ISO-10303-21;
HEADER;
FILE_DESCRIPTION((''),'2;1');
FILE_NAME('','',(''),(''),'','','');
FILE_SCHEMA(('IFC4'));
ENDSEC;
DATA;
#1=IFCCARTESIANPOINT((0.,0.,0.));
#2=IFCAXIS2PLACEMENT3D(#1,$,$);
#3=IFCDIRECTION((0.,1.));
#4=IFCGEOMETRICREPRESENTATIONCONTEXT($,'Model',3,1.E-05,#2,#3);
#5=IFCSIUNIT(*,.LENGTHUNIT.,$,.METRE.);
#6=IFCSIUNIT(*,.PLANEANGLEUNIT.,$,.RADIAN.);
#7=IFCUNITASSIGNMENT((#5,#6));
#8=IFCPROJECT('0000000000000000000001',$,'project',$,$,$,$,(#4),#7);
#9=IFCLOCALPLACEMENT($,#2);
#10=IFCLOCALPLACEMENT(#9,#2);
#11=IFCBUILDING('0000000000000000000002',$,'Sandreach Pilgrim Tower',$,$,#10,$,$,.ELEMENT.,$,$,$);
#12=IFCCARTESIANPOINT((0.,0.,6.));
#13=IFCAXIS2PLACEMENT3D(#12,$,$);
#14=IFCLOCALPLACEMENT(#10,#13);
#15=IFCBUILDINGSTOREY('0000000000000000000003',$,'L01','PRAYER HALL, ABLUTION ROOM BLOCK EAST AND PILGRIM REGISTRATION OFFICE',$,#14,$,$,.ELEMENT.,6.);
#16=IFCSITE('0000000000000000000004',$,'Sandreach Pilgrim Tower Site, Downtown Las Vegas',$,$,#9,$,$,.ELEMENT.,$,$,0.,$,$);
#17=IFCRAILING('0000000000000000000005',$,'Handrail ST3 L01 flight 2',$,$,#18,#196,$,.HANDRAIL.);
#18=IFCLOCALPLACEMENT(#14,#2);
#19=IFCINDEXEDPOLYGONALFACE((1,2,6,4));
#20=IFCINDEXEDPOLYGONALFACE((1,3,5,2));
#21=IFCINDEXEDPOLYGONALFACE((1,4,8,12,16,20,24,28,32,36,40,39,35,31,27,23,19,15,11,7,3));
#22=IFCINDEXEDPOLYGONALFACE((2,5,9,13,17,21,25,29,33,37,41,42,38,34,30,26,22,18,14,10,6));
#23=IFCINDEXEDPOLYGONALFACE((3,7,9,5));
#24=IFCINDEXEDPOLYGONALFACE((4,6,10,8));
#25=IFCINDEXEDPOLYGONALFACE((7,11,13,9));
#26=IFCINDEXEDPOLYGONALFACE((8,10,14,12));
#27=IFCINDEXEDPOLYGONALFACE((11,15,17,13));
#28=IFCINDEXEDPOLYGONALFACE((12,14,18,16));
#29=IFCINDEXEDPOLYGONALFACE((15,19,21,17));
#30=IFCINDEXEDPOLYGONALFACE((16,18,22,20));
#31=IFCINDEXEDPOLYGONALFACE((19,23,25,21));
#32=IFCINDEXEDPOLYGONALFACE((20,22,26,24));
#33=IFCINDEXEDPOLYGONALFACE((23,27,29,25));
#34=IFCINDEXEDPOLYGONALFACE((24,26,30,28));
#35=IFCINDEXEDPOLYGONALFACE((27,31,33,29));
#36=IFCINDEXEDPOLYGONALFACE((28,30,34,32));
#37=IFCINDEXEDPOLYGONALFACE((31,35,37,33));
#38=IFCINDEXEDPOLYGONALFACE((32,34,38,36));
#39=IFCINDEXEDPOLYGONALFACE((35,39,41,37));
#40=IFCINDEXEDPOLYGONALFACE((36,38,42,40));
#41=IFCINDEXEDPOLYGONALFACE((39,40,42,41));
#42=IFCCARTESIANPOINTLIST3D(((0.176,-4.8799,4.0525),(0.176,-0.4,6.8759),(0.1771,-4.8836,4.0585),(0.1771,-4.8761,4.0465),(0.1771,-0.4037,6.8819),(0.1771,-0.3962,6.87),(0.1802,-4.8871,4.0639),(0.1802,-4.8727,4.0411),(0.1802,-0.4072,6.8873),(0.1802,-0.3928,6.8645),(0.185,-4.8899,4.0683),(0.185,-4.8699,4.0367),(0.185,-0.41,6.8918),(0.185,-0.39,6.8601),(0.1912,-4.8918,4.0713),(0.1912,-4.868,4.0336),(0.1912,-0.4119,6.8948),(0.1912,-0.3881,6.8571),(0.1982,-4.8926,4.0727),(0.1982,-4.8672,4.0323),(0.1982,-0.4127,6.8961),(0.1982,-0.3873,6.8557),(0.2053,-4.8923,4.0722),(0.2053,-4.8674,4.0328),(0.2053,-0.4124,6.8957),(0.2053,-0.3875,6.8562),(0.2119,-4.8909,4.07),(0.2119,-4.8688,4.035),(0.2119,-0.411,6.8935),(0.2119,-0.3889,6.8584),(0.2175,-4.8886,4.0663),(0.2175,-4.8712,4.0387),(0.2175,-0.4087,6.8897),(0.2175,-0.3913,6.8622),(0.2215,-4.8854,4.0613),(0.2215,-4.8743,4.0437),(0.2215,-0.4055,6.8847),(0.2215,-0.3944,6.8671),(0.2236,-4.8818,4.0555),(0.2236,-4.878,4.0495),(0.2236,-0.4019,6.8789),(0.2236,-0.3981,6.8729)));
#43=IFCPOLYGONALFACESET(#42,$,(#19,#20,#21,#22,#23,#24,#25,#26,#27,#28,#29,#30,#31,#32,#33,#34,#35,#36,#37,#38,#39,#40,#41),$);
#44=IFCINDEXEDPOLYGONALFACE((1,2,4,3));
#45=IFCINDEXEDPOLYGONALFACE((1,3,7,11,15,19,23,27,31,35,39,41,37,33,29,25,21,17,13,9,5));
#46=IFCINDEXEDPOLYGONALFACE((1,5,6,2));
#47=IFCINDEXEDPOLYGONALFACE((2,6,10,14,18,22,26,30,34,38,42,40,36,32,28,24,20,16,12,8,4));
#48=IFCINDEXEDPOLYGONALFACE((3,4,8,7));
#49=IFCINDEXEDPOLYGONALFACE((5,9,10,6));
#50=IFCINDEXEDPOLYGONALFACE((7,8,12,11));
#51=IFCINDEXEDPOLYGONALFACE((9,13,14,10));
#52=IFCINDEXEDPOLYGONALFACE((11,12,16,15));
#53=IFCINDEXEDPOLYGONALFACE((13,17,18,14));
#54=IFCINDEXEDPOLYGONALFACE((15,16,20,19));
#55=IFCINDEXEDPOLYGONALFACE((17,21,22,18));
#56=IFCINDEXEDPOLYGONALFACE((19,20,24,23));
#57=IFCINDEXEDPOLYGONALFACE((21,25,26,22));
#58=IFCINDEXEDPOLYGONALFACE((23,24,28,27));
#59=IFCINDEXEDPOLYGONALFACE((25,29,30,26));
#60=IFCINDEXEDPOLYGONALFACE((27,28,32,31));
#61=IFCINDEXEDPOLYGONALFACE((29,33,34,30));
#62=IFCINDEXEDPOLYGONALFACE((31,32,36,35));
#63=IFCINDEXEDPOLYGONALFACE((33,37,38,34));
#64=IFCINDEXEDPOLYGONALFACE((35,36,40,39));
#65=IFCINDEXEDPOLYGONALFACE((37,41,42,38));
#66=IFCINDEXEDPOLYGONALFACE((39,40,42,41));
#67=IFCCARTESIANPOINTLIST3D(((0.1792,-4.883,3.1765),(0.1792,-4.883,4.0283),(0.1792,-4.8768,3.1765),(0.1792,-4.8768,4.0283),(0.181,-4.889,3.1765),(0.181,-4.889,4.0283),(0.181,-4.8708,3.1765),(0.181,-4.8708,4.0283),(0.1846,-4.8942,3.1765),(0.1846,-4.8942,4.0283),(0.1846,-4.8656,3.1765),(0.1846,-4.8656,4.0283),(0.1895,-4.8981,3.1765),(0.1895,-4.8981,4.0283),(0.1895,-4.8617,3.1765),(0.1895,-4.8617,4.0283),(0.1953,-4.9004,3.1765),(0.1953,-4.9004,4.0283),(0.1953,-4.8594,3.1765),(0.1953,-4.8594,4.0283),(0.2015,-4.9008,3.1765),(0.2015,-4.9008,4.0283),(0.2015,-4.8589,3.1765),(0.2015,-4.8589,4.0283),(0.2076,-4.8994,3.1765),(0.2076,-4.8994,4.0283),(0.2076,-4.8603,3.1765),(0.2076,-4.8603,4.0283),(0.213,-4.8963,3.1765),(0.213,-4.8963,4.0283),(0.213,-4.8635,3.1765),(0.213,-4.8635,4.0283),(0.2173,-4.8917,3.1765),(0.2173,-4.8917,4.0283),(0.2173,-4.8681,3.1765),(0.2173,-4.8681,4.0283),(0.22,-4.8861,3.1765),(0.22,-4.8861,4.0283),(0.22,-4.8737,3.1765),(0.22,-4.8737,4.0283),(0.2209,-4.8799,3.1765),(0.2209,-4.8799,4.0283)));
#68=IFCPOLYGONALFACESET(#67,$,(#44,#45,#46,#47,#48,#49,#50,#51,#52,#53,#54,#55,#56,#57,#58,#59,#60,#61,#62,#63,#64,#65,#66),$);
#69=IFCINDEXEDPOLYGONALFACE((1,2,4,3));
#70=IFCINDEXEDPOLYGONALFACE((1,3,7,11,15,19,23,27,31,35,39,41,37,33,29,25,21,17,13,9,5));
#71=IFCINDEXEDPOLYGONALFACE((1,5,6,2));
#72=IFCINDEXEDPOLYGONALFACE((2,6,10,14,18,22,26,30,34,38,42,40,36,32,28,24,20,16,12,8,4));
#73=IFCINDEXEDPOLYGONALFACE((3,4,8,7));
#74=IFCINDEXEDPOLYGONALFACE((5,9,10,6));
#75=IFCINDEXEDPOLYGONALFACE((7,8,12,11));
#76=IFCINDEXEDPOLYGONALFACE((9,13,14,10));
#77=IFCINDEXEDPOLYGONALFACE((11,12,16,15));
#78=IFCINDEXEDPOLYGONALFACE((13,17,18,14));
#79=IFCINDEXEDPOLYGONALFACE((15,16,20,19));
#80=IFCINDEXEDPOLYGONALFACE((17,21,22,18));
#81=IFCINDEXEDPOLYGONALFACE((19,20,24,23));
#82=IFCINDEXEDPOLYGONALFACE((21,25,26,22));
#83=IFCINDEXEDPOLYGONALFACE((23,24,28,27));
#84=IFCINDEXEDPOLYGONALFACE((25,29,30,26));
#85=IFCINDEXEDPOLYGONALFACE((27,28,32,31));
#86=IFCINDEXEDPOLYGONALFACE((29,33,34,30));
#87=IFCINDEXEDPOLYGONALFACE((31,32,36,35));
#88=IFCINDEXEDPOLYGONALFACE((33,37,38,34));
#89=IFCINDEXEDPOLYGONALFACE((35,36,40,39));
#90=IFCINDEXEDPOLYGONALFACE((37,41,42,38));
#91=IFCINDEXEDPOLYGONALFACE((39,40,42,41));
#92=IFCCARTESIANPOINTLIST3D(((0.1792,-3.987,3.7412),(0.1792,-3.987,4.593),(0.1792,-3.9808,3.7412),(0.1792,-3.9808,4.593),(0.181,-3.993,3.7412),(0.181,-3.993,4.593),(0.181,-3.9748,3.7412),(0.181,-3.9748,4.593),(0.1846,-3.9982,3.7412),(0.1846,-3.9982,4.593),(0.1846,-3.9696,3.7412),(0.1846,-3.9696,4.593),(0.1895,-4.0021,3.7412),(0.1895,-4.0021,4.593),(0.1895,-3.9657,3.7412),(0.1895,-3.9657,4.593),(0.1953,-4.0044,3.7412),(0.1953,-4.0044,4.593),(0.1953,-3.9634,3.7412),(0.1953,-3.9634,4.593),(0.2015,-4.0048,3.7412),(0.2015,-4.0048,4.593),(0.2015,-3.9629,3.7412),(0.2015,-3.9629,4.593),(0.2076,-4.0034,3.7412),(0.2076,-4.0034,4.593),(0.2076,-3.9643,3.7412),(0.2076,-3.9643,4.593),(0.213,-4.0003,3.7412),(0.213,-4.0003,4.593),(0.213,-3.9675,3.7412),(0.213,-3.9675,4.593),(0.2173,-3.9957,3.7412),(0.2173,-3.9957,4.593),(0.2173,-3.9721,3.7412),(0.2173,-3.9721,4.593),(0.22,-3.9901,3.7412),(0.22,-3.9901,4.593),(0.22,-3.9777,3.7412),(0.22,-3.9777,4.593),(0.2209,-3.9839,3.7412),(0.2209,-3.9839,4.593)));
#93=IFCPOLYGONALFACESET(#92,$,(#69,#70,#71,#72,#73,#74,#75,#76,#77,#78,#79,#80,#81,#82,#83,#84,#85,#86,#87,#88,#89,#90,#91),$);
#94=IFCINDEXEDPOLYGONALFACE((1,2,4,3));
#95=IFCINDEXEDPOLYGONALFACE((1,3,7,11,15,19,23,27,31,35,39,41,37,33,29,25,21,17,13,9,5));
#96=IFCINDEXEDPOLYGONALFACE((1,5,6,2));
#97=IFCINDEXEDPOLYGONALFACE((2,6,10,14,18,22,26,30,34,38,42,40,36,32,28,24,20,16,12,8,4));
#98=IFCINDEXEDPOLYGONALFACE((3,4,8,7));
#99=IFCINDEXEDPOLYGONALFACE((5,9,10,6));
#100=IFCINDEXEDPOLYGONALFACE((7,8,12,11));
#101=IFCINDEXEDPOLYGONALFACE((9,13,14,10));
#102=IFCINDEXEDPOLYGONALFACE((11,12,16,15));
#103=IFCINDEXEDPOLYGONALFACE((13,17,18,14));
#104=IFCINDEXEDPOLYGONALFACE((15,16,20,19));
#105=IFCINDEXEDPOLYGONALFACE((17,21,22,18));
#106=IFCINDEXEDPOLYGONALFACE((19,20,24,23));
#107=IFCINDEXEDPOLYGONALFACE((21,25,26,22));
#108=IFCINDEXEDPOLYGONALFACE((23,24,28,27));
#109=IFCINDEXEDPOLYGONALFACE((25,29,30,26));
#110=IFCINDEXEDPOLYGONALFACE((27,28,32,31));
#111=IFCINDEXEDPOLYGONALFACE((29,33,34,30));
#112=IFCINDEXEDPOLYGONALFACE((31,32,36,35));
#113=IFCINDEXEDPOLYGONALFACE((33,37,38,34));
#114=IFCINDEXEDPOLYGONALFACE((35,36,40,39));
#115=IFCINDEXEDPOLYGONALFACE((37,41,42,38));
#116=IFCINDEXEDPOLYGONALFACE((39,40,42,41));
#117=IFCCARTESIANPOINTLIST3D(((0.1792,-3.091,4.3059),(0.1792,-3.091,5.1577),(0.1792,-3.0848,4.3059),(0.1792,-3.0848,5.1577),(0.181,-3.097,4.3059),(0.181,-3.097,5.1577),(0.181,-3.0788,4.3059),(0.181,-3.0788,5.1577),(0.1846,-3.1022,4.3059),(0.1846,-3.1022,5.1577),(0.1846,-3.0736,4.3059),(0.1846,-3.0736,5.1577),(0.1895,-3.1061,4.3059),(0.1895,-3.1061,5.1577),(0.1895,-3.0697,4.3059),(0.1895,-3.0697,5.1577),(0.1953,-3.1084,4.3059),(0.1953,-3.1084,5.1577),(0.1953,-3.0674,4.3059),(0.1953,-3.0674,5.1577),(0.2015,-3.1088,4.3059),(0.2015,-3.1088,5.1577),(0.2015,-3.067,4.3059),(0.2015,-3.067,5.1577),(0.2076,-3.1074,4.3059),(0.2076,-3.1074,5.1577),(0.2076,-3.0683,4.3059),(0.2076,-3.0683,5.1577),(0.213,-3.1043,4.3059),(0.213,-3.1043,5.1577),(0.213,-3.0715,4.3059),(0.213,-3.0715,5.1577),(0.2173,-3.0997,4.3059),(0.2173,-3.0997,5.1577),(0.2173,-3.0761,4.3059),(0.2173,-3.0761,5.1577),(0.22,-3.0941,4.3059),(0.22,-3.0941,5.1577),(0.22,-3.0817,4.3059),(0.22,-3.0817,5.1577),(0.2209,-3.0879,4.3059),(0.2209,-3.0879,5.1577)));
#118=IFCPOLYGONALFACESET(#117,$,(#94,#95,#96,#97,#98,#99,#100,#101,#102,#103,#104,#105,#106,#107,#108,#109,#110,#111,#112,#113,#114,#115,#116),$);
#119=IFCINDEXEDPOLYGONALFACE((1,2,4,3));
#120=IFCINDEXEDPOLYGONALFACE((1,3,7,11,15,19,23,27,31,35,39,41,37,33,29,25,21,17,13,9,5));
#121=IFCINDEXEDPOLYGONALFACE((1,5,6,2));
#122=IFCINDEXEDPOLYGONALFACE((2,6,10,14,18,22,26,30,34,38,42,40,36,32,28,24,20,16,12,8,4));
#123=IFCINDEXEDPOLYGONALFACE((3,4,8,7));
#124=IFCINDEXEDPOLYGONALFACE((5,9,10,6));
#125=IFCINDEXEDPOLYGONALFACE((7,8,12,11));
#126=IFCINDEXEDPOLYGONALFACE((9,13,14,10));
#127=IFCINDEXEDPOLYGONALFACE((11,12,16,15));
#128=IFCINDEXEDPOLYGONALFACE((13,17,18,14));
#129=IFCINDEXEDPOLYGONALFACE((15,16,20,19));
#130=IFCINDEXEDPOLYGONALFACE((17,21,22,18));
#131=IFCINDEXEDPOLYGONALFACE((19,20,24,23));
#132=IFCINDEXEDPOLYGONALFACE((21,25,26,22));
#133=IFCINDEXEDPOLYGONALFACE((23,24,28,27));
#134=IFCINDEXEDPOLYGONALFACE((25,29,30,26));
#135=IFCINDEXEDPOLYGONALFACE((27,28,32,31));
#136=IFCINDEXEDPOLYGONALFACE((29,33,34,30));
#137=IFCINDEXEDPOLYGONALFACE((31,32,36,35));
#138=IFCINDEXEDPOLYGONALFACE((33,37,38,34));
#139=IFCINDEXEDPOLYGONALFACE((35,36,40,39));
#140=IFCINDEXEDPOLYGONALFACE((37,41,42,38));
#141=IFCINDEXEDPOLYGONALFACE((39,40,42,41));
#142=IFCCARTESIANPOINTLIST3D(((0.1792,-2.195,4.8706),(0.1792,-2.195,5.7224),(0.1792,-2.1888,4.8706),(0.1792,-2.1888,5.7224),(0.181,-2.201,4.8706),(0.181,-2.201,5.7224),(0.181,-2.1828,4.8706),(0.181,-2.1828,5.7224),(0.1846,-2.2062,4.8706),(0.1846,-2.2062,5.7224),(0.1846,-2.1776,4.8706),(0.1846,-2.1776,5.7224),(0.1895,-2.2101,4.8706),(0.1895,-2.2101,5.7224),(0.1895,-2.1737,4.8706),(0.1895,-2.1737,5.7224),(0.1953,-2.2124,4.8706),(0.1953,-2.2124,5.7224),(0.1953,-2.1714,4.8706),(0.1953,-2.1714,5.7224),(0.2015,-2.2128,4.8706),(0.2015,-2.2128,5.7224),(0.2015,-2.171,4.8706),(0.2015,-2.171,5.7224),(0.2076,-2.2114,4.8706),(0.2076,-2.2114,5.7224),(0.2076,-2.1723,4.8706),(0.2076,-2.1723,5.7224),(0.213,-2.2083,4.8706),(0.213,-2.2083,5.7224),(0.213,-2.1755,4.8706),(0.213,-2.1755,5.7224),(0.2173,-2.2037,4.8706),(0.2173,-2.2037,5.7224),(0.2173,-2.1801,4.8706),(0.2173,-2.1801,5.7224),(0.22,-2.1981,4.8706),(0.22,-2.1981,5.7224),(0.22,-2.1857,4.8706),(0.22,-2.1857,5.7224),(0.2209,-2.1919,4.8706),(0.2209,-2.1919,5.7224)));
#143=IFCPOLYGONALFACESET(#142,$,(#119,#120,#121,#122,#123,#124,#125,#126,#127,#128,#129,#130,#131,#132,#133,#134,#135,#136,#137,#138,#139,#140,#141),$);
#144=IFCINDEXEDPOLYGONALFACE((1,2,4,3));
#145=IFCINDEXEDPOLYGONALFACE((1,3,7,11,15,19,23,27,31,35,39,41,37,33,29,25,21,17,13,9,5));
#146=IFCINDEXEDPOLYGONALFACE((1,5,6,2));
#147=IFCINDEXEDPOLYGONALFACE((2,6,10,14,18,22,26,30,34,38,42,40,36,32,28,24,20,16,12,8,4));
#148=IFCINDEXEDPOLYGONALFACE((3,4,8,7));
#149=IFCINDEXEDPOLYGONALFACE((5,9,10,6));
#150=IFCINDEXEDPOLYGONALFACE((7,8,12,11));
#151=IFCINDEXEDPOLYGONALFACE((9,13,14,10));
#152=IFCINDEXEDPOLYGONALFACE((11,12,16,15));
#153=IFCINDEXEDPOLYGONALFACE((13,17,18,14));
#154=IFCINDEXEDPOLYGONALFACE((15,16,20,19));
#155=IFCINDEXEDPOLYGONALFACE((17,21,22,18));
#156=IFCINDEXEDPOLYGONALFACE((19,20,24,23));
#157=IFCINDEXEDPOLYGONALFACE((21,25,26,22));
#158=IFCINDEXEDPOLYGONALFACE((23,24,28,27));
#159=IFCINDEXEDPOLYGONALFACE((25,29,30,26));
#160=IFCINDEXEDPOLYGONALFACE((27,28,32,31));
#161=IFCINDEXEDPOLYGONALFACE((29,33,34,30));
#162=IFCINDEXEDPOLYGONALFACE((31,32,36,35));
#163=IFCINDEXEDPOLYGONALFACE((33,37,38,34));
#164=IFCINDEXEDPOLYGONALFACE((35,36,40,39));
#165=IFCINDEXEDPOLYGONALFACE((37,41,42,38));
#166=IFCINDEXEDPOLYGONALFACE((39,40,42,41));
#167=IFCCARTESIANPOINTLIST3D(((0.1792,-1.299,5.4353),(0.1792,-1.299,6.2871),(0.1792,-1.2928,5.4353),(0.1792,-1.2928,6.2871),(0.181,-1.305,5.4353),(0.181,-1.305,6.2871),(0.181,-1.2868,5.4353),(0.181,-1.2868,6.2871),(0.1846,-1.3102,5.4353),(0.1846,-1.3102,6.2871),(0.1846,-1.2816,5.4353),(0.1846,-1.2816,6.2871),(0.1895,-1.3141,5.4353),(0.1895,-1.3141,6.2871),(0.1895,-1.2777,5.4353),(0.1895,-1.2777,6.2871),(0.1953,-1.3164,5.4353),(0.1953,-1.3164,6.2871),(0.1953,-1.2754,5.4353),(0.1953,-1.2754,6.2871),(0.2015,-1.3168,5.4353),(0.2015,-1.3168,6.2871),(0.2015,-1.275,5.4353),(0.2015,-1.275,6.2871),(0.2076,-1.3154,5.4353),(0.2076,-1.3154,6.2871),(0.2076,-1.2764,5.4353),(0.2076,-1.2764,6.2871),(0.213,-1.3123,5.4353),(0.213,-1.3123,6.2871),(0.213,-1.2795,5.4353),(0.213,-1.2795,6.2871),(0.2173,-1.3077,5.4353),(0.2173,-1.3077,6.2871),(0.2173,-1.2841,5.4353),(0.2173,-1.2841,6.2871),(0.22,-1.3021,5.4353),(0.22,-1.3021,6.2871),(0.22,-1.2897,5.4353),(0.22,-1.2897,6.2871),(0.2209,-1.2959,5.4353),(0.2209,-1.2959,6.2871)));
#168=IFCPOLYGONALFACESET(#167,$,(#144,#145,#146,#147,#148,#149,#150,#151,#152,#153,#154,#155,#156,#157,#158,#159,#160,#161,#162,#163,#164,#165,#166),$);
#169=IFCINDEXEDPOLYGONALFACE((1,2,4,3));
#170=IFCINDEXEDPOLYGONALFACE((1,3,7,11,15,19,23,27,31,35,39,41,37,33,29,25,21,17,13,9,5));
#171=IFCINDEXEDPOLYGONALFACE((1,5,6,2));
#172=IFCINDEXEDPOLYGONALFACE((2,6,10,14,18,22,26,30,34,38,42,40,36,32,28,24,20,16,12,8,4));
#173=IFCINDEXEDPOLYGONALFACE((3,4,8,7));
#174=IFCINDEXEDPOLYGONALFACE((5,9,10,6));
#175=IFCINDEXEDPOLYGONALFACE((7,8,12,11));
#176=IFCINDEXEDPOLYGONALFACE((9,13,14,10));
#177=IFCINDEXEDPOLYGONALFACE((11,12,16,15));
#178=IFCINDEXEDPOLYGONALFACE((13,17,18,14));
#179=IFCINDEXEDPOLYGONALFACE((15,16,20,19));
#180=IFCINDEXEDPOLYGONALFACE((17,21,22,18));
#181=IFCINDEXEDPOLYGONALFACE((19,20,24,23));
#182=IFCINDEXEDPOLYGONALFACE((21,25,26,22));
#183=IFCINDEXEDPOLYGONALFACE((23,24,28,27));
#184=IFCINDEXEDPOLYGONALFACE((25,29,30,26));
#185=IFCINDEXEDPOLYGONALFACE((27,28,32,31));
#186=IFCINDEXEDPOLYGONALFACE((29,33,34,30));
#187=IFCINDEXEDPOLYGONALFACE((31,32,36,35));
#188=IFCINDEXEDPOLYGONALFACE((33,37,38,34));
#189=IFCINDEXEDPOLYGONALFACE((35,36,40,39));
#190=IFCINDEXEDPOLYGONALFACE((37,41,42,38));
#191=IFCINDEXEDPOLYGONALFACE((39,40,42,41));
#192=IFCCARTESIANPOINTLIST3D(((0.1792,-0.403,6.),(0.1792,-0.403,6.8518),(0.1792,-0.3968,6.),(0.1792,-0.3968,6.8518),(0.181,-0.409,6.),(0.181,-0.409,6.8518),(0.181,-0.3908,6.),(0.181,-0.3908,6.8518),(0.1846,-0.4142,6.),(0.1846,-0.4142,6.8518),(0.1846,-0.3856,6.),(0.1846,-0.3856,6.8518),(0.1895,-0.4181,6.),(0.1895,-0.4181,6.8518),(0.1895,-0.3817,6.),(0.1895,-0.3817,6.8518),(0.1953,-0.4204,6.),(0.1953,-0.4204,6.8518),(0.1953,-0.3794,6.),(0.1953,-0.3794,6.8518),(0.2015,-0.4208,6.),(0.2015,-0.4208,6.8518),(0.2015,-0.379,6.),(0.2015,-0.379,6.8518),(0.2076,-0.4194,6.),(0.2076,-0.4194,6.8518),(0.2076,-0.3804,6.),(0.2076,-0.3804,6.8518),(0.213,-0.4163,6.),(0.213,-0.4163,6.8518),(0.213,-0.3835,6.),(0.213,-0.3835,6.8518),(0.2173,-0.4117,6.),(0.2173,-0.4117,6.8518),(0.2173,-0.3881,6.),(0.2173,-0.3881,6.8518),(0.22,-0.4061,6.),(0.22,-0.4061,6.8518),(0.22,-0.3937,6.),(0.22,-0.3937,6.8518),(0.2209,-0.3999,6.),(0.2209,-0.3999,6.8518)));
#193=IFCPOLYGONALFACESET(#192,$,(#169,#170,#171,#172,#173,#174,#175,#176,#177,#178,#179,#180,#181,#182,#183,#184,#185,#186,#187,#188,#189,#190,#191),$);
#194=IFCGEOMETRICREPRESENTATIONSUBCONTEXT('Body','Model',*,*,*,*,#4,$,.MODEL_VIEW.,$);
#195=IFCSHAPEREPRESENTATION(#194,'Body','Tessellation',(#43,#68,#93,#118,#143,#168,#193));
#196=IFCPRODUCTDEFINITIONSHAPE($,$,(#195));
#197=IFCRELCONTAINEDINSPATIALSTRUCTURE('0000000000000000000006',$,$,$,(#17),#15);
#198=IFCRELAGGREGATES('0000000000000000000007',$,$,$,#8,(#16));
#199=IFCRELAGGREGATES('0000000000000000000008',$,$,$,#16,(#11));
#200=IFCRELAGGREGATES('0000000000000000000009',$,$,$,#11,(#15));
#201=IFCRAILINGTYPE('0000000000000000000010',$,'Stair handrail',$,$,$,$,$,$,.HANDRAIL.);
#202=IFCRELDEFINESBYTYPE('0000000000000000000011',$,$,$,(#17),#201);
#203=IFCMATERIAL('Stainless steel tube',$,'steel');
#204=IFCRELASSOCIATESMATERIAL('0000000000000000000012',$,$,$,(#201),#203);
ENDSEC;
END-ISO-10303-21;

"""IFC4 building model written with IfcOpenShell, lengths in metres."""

from ifc_helpers import new_model, si_unit, direction, frame, origin, origin_2d, place, context, subcontext, project, spatial, circle, extrude, material, type_object, element, save


model = new_model("IFC4")

# Units and contexts
model_context = context("Model", 3, precision=1e-05, world=origin(), true_north=direction((0.0, 1.0)))
body_context = subcontext(model_context, "Body", "Model", "MODEL_VIEW")
ifc_project = project(units=[si_unit("LENGTHUNIT", "METRE"), si_unit("PLANEANGLEUNIT", "RADIAN")], contexts=[model_context])

# Site, building, storey
site_placement = place(None, origin())
site = spatial("IfcSite", under=ifc_project, at=site_placement, Name="Sandreach Pilgrim Tower Site, Downtown Las Vegas", CompositionType="ELEMENT", RefElevation=0.0)
building_placement = place(site_placement, origin())
building = spatial("IfcBuilding", under=site, at=building_placement, Name="Sandreach Pilgrim Tower", CompositionType="ELEMENT")
storey_placement = place(building_placement, frame((0.0, 0.0, 6.0)))
storey = spatial("IfcBuildingStorey", under=building, at=storey_placement, Name="L01", Description="PRAYER HALL, ABLUTION ROOM BLOCK EAST AND PILGRIM REGISTRATION OFFICE", CompositionType="ELEMENT", Elevation=6.0)

# Railing
ifc_material_1 = material(Name="Stainless steel tube", Category="steel")
railing_type = type_object("IfcRailingType", Name="Stair handrail", PredefinedType="HANDRAIL", material=ifc_material_1)
for number, where, name in (
    (1, (0.2, -4.8799, 3.1765), "Handrail ST3 L01 flight 2"),
):
    element("IfcRailing", number, at=place(storey_placement, frame(where)), inside=storey, type_object=railing_type, Name=name, PredefinedType="HANDRAIL", context=body_context, shape_type="SweptSolid", body=[
        extrude(circle(Radius=0.0239, at=origin_2d()), frame((0.0, 0.0, 0.876), z_axis=(0.0, 0.845998, 0.533186), x_axis=(-1.0, 0.0, 0.0)), (0.0, 0.0, 1.0), 5.2954),
        extrude(circle(Radius=0.021, at=origin_2d()), origin(), (0.0, 0.0, 1.0), 0.8518),
        extrude(circle(Radius=0.021, at=origin_2d()), frame((0.0, 0.896, 0.5647)), (0.0, 0.0, 1.0), 0.8518),
        extrude(circle(Radius=0.021, at=origin_2d()), frame((0.0, 1.792, 1.1294)), (0.0, 0.0, 1.0), 0.8518),
        extrude(circle(Radius=0.021, at=origin_2d()), frame((0.0, 2.688, 1.6941)), (0.0, 0.0, 1.0), 0.8518),
        extrude(circle(Radius=0.021, at=origin_2d()), frame((0.0, 3.584, 2.2588)), (0.0, 0.0, 1.0), 0.8518),
        extrude(circle(Radius=0.021, at=origin_2d()), frame((0.0, 4.48, 2.8235)), (0.0, 0.0, 1.0), 0.8518),
    ])

save(model, "model.ifc")
